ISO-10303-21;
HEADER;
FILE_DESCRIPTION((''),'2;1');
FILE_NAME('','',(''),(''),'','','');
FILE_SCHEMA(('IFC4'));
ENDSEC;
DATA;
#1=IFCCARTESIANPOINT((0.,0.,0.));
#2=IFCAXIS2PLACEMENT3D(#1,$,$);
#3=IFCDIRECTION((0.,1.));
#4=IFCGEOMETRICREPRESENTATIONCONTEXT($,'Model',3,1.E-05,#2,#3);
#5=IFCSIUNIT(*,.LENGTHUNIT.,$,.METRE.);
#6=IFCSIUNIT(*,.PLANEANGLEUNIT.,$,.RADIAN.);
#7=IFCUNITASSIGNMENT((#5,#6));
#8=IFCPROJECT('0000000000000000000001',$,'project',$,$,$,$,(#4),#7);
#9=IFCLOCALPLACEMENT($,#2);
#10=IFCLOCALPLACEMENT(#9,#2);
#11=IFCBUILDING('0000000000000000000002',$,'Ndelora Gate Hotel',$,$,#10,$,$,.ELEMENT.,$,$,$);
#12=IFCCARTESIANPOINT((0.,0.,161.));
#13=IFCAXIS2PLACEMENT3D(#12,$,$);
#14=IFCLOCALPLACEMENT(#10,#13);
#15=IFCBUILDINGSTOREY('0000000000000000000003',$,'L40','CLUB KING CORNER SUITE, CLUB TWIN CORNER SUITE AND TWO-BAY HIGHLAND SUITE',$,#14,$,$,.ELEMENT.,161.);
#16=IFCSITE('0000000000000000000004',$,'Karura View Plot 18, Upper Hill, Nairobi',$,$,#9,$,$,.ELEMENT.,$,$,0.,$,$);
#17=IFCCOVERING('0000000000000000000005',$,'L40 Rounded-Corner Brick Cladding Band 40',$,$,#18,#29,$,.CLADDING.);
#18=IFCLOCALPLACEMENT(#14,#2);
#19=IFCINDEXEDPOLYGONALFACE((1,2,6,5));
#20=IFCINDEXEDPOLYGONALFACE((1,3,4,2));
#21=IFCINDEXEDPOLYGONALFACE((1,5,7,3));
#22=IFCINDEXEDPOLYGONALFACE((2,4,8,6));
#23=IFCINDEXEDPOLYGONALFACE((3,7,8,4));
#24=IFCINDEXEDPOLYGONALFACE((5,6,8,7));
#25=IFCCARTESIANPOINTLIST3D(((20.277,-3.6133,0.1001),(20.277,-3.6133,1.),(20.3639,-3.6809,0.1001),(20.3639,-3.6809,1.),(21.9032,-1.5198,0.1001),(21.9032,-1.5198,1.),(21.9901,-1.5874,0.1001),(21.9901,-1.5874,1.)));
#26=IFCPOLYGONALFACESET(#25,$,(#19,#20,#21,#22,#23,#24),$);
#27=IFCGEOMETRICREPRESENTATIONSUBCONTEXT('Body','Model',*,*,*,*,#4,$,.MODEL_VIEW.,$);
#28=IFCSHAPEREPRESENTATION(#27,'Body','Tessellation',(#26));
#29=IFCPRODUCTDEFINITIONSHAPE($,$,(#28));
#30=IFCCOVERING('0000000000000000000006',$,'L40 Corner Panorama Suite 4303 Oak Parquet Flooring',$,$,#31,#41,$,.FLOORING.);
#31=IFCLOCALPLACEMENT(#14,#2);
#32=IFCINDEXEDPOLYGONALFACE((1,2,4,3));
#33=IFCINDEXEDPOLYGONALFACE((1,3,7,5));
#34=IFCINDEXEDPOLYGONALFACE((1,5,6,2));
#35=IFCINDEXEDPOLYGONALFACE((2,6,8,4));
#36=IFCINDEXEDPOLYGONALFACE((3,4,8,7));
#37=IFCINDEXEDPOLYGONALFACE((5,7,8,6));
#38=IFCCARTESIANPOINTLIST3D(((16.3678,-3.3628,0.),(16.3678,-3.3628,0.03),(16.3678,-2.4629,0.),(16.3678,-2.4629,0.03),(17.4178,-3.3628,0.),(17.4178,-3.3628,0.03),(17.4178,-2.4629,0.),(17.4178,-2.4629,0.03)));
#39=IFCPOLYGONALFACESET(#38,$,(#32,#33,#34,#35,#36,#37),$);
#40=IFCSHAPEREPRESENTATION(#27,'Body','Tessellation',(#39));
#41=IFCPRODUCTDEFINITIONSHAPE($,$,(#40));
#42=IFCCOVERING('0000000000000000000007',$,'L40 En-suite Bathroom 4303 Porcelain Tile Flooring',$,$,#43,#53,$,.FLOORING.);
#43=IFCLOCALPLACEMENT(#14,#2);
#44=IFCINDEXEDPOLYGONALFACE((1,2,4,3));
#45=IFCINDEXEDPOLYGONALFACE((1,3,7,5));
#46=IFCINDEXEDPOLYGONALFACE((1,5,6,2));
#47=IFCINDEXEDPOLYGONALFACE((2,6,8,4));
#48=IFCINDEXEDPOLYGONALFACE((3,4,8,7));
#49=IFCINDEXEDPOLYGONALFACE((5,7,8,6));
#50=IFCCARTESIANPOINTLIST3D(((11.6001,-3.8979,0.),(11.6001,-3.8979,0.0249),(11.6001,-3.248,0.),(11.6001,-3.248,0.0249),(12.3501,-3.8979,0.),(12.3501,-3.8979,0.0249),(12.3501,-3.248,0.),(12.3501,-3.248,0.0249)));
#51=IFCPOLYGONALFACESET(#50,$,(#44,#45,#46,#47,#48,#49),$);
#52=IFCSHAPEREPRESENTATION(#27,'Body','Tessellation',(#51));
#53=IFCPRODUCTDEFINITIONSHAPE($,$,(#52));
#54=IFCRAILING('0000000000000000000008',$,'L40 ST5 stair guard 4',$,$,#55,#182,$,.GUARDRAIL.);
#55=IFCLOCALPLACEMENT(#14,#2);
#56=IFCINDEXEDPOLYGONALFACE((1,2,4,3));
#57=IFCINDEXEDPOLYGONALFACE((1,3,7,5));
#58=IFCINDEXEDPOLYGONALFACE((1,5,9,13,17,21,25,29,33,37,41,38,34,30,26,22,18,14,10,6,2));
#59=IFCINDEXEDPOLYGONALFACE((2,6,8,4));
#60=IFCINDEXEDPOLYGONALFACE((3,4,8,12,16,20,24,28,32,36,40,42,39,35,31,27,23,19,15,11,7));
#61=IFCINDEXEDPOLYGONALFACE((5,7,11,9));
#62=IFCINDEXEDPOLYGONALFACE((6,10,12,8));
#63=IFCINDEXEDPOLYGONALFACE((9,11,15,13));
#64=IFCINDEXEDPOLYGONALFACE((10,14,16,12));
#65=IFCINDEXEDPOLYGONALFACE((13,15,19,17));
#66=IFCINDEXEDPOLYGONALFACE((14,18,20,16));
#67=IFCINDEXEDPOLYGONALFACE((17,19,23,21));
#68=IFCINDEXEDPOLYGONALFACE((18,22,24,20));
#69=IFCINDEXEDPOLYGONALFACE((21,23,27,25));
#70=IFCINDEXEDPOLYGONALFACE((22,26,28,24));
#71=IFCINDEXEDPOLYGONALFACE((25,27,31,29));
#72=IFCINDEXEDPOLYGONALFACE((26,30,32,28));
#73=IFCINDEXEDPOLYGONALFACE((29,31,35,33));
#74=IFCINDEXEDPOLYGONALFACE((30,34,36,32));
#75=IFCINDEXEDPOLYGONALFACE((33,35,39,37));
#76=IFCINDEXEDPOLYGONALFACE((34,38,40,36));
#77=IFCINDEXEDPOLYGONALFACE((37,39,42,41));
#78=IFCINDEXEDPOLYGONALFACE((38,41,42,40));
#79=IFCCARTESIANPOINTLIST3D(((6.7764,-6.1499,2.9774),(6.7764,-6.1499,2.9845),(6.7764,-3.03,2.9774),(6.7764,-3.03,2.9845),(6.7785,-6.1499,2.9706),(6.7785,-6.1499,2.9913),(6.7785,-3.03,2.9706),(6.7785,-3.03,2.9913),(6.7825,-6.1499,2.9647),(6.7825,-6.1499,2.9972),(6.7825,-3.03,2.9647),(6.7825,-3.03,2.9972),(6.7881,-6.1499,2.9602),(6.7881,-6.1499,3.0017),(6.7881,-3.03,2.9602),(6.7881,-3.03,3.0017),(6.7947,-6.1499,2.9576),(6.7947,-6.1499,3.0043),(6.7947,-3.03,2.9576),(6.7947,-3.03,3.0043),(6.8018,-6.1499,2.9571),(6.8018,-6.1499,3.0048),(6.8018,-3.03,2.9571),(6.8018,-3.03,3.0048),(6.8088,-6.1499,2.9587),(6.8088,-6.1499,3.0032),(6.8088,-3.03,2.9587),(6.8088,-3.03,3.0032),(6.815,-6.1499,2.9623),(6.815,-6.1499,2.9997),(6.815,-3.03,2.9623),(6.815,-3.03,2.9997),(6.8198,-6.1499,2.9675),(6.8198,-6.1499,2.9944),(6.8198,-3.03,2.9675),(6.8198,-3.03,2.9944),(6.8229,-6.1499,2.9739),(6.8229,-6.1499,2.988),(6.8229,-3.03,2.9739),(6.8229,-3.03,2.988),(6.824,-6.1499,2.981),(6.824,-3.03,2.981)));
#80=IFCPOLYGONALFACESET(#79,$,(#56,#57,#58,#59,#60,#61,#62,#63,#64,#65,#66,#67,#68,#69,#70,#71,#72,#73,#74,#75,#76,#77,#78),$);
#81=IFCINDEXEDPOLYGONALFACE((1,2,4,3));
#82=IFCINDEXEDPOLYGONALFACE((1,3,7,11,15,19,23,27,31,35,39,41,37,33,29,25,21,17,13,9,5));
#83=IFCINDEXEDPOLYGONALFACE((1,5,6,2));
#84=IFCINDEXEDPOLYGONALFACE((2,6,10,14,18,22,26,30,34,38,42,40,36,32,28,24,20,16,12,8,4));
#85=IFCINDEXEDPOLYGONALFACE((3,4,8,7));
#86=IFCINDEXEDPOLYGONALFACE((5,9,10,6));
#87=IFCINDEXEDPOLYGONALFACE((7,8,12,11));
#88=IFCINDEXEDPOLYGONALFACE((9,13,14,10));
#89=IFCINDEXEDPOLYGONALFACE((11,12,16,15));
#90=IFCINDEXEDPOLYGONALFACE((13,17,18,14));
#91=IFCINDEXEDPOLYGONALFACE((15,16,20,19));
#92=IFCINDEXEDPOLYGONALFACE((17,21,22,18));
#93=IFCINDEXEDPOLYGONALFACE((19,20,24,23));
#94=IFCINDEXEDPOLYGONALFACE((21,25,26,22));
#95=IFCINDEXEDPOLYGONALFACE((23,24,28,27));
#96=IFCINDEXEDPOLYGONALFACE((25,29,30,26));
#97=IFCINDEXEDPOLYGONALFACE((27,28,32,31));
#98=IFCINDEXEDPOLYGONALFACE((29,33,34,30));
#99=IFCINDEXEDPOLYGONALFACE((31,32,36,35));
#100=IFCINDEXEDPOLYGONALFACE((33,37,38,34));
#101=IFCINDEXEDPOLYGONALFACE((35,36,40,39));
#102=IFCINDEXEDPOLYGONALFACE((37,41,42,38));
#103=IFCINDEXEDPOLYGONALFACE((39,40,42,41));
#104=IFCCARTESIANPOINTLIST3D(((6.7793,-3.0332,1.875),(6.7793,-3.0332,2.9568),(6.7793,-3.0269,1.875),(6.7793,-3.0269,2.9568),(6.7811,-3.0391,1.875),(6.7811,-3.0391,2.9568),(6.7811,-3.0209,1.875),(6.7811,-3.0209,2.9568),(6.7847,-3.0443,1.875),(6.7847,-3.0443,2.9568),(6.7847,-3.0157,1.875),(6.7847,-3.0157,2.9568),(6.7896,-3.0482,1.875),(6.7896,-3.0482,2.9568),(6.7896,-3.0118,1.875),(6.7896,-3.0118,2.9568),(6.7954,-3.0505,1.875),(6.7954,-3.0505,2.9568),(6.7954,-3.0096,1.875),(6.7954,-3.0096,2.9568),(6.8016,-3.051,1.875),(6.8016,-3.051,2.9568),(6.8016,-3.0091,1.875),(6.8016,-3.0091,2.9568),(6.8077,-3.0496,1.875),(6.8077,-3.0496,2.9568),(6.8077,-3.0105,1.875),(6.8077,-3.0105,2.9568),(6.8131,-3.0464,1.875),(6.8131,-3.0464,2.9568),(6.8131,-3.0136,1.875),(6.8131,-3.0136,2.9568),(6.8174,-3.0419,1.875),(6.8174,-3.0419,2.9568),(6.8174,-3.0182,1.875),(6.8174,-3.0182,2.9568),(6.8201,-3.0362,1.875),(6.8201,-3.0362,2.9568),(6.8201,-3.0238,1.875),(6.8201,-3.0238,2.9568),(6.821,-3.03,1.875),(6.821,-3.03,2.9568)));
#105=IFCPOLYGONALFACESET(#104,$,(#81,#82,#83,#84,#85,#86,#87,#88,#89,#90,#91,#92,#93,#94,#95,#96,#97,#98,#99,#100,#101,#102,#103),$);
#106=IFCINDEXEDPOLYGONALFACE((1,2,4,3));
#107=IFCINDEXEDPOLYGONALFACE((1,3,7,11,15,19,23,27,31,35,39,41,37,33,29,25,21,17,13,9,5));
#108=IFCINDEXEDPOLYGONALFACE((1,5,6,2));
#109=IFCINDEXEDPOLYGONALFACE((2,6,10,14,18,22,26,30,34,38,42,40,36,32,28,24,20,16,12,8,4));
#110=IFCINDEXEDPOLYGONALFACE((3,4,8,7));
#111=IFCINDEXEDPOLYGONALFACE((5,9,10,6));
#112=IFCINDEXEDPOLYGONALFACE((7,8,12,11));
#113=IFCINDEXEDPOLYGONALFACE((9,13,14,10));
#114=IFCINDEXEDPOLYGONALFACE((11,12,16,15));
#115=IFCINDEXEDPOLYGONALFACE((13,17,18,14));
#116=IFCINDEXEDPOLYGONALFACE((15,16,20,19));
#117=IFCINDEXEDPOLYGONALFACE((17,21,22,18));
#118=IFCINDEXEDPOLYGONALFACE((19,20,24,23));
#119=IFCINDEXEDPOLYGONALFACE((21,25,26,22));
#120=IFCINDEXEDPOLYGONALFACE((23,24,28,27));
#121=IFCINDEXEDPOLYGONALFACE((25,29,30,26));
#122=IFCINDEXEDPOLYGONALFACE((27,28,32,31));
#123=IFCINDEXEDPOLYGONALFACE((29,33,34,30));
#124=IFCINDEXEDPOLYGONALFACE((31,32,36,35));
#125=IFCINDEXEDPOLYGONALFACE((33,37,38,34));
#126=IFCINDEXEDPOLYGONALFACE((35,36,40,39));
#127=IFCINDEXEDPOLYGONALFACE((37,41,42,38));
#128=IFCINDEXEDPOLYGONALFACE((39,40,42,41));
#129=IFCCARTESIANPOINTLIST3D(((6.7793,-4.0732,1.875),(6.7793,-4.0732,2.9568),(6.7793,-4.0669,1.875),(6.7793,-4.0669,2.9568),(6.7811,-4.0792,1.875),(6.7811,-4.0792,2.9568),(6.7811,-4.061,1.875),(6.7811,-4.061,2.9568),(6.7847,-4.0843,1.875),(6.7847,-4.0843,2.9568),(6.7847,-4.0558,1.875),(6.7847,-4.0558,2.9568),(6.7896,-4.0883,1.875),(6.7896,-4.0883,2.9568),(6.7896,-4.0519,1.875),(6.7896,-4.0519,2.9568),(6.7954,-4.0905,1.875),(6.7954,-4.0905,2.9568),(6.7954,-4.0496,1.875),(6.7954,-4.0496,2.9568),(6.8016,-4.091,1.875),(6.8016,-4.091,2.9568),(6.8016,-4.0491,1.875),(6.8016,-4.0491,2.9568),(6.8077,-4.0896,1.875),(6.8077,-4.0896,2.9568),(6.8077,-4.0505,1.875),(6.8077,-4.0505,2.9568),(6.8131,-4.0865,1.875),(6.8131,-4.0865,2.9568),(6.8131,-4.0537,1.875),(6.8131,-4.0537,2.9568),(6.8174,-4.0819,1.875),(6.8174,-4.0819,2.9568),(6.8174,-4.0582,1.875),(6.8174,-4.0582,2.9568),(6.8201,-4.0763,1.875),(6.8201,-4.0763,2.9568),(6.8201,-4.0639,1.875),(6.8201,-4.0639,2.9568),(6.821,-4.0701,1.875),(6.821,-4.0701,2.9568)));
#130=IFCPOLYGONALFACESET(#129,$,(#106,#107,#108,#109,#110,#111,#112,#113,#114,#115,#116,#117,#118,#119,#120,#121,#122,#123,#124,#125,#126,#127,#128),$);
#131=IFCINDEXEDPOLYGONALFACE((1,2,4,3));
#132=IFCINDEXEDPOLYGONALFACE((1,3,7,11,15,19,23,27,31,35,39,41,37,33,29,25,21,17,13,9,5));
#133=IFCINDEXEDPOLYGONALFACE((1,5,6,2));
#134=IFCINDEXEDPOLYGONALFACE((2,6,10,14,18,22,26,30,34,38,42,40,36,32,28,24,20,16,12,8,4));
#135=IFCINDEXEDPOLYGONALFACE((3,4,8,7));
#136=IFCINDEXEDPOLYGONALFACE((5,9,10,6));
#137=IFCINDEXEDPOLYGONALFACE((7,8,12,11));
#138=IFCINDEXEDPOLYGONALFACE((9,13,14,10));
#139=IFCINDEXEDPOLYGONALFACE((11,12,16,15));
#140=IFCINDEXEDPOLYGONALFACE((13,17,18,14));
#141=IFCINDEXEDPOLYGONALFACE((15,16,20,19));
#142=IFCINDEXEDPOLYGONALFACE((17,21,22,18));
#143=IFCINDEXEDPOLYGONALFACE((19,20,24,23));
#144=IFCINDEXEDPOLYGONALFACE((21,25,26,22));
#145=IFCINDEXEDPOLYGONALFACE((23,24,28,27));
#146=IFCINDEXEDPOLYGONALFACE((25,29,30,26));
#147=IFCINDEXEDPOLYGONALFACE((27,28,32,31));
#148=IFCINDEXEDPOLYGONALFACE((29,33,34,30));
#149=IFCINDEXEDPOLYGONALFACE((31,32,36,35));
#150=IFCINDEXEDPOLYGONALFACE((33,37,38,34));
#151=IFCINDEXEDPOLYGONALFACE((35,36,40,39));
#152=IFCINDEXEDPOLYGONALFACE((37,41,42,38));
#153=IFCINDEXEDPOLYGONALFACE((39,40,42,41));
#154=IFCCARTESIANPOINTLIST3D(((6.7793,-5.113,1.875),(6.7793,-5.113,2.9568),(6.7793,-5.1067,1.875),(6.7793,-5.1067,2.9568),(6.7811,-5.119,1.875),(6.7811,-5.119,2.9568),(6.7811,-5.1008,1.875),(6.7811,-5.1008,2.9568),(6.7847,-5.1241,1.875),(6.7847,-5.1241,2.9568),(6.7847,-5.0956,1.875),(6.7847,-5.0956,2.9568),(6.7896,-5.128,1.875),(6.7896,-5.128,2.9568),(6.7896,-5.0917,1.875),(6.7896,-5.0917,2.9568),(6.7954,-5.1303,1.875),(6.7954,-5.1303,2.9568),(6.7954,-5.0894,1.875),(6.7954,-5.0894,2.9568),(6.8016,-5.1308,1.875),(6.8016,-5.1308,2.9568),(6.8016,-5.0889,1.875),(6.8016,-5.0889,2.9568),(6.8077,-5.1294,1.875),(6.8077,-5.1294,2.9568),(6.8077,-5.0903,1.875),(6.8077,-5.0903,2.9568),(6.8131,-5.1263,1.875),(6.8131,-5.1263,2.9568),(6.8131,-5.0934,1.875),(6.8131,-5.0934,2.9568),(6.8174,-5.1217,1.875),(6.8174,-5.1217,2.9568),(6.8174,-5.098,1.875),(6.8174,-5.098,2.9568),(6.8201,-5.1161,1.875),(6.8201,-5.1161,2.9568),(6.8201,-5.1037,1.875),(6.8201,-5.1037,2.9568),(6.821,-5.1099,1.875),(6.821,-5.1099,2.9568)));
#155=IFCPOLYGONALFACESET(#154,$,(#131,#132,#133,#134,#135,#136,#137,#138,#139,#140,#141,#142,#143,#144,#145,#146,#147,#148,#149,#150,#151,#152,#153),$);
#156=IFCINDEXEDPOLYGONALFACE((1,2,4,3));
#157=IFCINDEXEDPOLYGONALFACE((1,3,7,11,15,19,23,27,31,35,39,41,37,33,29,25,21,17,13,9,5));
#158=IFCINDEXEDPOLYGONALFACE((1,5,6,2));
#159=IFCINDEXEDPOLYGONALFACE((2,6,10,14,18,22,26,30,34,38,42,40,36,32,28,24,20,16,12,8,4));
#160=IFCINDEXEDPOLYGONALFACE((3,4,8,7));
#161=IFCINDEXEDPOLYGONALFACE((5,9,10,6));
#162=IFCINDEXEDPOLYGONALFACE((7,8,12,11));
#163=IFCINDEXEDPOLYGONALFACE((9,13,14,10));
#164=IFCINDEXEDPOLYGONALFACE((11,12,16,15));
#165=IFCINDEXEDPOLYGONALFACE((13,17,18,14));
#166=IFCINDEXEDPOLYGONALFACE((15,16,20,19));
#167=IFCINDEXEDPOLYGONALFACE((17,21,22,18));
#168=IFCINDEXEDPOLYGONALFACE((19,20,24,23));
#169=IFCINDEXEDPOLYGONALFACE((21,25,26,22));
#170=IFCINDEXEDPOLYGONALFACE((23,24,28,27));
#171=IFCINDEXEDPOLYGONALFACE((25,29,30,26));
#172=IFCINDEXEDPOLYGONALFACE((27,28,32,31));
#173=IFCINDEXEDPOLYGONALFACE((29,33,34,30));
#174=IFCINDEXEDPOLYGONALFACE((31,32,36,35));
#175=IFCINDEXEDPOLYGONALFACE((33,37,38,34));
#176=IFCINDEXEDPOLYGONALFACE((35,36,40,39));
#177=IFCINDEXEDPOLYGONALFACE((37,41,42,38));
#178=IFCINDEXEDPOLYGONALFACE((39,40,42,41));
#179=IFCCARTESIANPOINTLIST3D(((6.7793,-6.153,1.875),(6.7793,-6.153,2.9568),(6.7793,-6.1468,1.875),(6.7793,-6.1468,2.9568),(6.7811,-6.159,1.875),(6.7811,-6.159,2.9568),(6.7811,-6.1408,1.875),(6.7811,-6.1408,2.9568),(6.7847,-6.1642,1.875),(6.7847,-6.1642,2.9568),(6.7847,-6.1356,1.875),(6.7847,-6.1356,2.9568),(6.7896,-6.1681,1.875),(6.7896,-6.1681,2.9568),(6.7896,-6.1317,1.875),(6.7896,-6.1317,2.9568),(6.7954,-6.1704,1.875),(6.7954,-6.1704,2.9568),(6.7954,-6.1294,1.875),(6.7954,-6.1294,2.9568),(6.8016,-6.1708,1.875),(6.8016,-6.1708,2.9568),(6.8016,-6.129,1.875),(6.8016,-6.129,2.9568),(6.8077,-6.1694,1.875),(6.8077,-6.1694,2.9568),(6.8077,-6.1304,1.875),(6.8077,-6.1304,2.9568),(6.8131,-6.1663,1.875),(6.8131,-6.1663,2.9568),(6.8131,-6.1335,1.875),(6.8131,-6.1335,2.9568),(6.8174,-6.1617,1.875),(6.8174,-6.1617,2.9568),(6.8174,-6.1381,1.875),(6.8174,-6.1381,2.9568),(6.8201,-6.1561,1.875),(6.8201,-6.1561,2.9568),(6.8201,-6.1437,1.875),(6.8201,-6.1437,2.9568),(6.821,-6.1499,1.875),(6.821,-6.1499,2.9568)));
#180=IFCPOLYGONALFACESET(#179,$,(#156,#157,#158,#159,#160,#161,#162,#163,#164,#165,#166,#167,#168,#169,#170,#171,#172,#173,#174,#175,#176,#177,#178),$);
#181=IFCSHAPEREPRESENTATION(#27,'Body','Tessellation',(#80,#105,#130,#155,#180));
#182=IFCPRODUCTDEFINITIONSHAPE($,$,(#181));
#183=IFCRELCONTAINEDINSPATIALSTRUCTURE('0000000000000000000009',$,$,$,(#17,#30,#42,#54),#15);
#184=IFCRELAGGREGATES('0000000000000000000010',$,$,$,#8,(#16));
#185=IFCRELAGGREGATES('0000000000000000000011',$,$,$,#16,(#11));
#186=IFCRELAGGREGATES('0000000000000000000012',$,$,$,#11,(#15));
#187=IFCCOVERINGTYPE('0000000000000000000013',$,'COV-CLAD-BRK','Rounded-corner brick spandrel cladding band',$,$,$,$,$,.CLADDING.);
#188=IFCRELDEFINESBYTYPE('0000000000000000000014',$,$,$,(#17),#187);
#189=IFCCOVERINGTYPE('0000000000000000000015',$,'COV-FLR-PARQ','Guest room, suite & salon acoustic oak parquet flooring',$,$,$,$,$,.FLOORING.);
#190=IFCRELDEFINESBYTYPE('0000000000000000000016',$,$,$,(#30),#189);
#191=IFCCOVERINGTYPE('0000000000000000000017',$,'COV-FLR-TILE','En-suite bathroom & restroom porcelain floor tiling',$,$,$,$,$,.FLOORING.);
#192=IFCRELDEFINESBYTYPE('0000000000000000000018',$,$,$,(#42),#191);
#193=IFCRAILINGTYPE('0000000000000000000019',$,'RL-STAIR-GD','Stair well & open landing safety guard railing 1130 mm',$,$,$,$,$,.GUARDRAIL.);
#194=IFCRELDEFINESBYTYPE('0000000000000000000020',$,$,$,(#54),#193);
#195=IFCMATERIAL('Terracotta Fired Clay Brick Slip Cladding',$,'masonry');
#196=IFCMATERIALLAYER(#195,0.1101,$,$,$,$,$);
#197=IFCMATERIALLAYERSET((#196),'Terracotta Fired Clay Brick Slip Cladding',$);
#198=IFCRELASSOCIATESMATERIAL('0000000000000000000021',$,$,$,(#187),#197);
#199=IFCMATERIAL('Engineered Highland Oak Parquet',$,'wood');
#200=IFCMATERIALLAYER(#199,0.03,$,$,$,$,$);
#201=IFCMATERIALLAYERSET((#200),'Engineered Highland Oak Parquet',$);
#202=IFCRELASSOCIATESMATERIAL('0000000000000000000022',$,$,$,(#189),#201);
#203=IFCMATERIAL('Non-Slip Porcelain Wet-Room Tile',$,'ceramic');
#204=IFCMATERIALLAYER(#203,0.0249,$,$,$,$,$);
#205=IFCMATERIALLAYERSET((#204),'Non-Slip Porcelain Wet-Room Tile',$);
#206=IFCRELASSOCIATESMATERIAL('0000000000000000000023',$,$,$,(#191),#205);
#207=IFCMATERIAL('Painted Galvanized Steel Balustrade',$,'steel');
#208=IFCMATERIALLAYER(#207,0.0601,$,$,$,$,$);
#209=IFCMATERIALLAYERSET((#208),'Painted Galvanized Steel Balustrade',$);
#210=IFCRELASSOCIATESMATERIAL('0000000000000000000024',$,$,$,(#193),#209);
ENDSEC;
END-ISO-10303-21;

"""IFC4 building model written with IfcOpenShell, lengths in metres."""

from ifc_helpers import new_model, si_unit, direction, frame, origin, origin_2d, place, context, subcontext, project, spatial, rectangle, circle, extrude, material, layer, layer_set, type_object, element, save


model = new_model("IFC4")

# Units and contexts
model_context = context("Model", 3, precision=1e-05, world=origin(), true_north=direction((0.0, 1.0)))
body_context = subcontext(model_context, "Body", "Model", "MODEL_VIEW")
ifc_project = project(units=[si_unit("LENGTHUNIT", "METRE"), si_unit("PLANEANGLEUNIT", "RADIAN")], contexts=[model_context])

# Site, building, storey
site_placement = place(None, origin())
site = spatial("IfcSite", under=ifc_project, at=site_placement, Name="Karura View Plot 18, Upper Hill, Nairobi", CompositionType="ELEMENT", RefElevation=0.0)
building_placement = place(site_placement, origin())
building = spatial("IfcBuilding", under=site, at=building_placement, Name="Ndelora Gate Hotel", CompositionType="ELEMENT")
storey_placement = place(building_placement, frame((0.0, 0.0, 161.0)))
storey = spatial("IfcBuildingStorey", under=building, at=storey_placement, Name="L40", Description="CLUB KING CORNER SUITE, CLUB TWIN CORNER SUITE AND TWO-BAY HIGHLAND SUITE", CompositionType="ELEMENT", Elevation=161.0)

# Coverings
ifc_material_1 = material(Name="Terracotta Fired Clay Brick Slip Cladding", Category="masonry")
ifc_layer_1 = layer(ifc_material_1, 0.1101)
ifc_layer_set_1 = layer_set([ifc_layer_1], Name="Terracotta Fired Clay Brick Slip Cladding")
covering_type_1 = type_object("IfcCoveringType", Name="COV-CLAD-BRK", Description="Rounded-corner brick spandrel cladding band", PredefinedType="CLADDING", material=ifc_layer_set_1)
covering_1_placement = place(storey_placement, frame((21.1335, -2.6003, 0.1001), z_axis=(0.0, 0.0, 1.0), x_axis=(0.613459, 0.789727, 0.0)))
element("IfcCovering", 1, at=covering_1_placement, inside=storey, type_object=covering_type_1, Name="L40 Rounded-Corner Brick Cladding Band 40", PredefinedType="CLADDING", context=body_context, shape_type="SweptSolid", body=[
    extrude(rectangle(XDim=2.6509, YDim=0.1101, at=origin_2d()), origin(), (0.0, 0.0, 1.0), 0.8999),
])
ifc_material_2 = material(Name="Engineered Highland Oak Parquet", Category="wood")
ifc_layer_2 = layer(ifc_material_2, 0.03)
ifc_layer_set_2 = layer_set([ifc_layer_2], Name="Engineered Highland Oak Parquet")
covering_type_2 = type_object("IfcCoveringType", Name="COV-FLR-PARQ", Description="Guest room, suite & salon acoustic oak parquet flooring", PredefinedType="FLOORING", material=ifc_layer_set_2)
covering_2_placement = place(storey_placement, frame((16.8928, -2.9128, 0.0), z_axis=(0.0, 0.0, 1.0), x_axis=(1.0, 0.0, 0.0)))
element("IfcCovering", 2, at=covering_2_placement, inside=storey, type_object=covering_type_2, Name="L40 Corner Panorama Suite 4303 Oak Parquet Flooring", PredefinedType="FLOORING", context=body_context, shape_type="SweptSolid", body=[
    extrude(rectangle(XDim=1.05, YDim=0.8999, at=origin_2d()), origin(), (0.0, 0.0, 1.0), 0.03),
])
ifc_material_3 = material(Name="Non-Slip Porcelain Wet-Room Tile", Category="ceramic")
ifc_layer_3 = layer(ifc_material_3, 0.0249)
ifc_layer_set_3 = layer_set([ifc_layer_3], Name="Non-Slip Porcelain Wet-Room Tile")
covering_type_3 = type_object("IfcCoveringType", Name="COV-FLR-TILE", Description="En-suite bathroom & restroom porcelain floor tiling", PredefinedType="FLOORING", material=ifc_layer_set_3)
covering_3_placement = place(storey_placement, frame((11.9751, -3.573, 0.0), z_axis=(0.0, 0.0, 1.0), x_axis=(1.0, 0.0, 0.0)))
element("IfcCovering", 3, at=covering_3_placement, inside=storey, type_object=covering_type_3, Name="L40 En-suite Bathroom 4303 Porcelain Tile Flooring", PredefinedType="FLOORING", context=body_context, shape_type="SweptSolid", body=[
    extrude(rectangle(XDim=0.75, YDim=0.6499, at=origin_2d()), origin(), (0.0, 0.0, 1.0), 0.0249),
])

# Railing
ifc_material_4 = material(Name="Painted Galvanized Steel Balustrade", Category="steel")
ifc_layer_4 = layer(ifc_material_4, 0.0601)
ifc_layer_set_4 = layer_set([ifc_layer_4], Name="Painted Galvanized Steel Balustrade")
railing_type_1 = type_object("IfcRailingType", Name="RL-STAIR-GD", Description="Stair well & open landing safety guard railing 1130 mm", PredefinedType="GUARDRAIL", material=ifc_layer_set_4)
railing_1_placement = place(storey_placement, frame((6.8, -3.03, 1.875)))
element("IfcRailing", 4, at=railing_1_placement, inside=storey, type_object=railing_type_1, Name="L40 ST5 stair guard 4", PredefinedType="GUARDRAIL", context=body_context, shape_type="SweptSolid", body=[
    extrude(circle(Radius=0.0239, at=origin_2d()), frame((0.0, 0.0, 1.106), z_axis=(0.0, -1.0, 0.0), x_axis=(1.0, 0.0, 0.0)), (0.0, 0.0, 1.0), 3.1199),
    extrude(circle(Radius=0.021, at=origin_2d()), origin(), (0.0, 0.0, 1.0), 1.0818),
    extrude(circle(Radius=0.021, at=origin_2d()), frame((0.0, -1.04, 0.0)), (0.0, 0.0, 1.0), 1.0818),
    extrude(circle(Radius=0.021, at=origin_2d()), frame((0.0, -2.0798, 0.0)), (0.0, 0.0, 1.0), 1.0818),
    extrude(circle(Radius=0.021, at=origin_2d()), frame((0.0, -3.1199, 0.0)), (0.0, 0.0, 1.0), 1.0818),
])

save(model, "model.ifc")
